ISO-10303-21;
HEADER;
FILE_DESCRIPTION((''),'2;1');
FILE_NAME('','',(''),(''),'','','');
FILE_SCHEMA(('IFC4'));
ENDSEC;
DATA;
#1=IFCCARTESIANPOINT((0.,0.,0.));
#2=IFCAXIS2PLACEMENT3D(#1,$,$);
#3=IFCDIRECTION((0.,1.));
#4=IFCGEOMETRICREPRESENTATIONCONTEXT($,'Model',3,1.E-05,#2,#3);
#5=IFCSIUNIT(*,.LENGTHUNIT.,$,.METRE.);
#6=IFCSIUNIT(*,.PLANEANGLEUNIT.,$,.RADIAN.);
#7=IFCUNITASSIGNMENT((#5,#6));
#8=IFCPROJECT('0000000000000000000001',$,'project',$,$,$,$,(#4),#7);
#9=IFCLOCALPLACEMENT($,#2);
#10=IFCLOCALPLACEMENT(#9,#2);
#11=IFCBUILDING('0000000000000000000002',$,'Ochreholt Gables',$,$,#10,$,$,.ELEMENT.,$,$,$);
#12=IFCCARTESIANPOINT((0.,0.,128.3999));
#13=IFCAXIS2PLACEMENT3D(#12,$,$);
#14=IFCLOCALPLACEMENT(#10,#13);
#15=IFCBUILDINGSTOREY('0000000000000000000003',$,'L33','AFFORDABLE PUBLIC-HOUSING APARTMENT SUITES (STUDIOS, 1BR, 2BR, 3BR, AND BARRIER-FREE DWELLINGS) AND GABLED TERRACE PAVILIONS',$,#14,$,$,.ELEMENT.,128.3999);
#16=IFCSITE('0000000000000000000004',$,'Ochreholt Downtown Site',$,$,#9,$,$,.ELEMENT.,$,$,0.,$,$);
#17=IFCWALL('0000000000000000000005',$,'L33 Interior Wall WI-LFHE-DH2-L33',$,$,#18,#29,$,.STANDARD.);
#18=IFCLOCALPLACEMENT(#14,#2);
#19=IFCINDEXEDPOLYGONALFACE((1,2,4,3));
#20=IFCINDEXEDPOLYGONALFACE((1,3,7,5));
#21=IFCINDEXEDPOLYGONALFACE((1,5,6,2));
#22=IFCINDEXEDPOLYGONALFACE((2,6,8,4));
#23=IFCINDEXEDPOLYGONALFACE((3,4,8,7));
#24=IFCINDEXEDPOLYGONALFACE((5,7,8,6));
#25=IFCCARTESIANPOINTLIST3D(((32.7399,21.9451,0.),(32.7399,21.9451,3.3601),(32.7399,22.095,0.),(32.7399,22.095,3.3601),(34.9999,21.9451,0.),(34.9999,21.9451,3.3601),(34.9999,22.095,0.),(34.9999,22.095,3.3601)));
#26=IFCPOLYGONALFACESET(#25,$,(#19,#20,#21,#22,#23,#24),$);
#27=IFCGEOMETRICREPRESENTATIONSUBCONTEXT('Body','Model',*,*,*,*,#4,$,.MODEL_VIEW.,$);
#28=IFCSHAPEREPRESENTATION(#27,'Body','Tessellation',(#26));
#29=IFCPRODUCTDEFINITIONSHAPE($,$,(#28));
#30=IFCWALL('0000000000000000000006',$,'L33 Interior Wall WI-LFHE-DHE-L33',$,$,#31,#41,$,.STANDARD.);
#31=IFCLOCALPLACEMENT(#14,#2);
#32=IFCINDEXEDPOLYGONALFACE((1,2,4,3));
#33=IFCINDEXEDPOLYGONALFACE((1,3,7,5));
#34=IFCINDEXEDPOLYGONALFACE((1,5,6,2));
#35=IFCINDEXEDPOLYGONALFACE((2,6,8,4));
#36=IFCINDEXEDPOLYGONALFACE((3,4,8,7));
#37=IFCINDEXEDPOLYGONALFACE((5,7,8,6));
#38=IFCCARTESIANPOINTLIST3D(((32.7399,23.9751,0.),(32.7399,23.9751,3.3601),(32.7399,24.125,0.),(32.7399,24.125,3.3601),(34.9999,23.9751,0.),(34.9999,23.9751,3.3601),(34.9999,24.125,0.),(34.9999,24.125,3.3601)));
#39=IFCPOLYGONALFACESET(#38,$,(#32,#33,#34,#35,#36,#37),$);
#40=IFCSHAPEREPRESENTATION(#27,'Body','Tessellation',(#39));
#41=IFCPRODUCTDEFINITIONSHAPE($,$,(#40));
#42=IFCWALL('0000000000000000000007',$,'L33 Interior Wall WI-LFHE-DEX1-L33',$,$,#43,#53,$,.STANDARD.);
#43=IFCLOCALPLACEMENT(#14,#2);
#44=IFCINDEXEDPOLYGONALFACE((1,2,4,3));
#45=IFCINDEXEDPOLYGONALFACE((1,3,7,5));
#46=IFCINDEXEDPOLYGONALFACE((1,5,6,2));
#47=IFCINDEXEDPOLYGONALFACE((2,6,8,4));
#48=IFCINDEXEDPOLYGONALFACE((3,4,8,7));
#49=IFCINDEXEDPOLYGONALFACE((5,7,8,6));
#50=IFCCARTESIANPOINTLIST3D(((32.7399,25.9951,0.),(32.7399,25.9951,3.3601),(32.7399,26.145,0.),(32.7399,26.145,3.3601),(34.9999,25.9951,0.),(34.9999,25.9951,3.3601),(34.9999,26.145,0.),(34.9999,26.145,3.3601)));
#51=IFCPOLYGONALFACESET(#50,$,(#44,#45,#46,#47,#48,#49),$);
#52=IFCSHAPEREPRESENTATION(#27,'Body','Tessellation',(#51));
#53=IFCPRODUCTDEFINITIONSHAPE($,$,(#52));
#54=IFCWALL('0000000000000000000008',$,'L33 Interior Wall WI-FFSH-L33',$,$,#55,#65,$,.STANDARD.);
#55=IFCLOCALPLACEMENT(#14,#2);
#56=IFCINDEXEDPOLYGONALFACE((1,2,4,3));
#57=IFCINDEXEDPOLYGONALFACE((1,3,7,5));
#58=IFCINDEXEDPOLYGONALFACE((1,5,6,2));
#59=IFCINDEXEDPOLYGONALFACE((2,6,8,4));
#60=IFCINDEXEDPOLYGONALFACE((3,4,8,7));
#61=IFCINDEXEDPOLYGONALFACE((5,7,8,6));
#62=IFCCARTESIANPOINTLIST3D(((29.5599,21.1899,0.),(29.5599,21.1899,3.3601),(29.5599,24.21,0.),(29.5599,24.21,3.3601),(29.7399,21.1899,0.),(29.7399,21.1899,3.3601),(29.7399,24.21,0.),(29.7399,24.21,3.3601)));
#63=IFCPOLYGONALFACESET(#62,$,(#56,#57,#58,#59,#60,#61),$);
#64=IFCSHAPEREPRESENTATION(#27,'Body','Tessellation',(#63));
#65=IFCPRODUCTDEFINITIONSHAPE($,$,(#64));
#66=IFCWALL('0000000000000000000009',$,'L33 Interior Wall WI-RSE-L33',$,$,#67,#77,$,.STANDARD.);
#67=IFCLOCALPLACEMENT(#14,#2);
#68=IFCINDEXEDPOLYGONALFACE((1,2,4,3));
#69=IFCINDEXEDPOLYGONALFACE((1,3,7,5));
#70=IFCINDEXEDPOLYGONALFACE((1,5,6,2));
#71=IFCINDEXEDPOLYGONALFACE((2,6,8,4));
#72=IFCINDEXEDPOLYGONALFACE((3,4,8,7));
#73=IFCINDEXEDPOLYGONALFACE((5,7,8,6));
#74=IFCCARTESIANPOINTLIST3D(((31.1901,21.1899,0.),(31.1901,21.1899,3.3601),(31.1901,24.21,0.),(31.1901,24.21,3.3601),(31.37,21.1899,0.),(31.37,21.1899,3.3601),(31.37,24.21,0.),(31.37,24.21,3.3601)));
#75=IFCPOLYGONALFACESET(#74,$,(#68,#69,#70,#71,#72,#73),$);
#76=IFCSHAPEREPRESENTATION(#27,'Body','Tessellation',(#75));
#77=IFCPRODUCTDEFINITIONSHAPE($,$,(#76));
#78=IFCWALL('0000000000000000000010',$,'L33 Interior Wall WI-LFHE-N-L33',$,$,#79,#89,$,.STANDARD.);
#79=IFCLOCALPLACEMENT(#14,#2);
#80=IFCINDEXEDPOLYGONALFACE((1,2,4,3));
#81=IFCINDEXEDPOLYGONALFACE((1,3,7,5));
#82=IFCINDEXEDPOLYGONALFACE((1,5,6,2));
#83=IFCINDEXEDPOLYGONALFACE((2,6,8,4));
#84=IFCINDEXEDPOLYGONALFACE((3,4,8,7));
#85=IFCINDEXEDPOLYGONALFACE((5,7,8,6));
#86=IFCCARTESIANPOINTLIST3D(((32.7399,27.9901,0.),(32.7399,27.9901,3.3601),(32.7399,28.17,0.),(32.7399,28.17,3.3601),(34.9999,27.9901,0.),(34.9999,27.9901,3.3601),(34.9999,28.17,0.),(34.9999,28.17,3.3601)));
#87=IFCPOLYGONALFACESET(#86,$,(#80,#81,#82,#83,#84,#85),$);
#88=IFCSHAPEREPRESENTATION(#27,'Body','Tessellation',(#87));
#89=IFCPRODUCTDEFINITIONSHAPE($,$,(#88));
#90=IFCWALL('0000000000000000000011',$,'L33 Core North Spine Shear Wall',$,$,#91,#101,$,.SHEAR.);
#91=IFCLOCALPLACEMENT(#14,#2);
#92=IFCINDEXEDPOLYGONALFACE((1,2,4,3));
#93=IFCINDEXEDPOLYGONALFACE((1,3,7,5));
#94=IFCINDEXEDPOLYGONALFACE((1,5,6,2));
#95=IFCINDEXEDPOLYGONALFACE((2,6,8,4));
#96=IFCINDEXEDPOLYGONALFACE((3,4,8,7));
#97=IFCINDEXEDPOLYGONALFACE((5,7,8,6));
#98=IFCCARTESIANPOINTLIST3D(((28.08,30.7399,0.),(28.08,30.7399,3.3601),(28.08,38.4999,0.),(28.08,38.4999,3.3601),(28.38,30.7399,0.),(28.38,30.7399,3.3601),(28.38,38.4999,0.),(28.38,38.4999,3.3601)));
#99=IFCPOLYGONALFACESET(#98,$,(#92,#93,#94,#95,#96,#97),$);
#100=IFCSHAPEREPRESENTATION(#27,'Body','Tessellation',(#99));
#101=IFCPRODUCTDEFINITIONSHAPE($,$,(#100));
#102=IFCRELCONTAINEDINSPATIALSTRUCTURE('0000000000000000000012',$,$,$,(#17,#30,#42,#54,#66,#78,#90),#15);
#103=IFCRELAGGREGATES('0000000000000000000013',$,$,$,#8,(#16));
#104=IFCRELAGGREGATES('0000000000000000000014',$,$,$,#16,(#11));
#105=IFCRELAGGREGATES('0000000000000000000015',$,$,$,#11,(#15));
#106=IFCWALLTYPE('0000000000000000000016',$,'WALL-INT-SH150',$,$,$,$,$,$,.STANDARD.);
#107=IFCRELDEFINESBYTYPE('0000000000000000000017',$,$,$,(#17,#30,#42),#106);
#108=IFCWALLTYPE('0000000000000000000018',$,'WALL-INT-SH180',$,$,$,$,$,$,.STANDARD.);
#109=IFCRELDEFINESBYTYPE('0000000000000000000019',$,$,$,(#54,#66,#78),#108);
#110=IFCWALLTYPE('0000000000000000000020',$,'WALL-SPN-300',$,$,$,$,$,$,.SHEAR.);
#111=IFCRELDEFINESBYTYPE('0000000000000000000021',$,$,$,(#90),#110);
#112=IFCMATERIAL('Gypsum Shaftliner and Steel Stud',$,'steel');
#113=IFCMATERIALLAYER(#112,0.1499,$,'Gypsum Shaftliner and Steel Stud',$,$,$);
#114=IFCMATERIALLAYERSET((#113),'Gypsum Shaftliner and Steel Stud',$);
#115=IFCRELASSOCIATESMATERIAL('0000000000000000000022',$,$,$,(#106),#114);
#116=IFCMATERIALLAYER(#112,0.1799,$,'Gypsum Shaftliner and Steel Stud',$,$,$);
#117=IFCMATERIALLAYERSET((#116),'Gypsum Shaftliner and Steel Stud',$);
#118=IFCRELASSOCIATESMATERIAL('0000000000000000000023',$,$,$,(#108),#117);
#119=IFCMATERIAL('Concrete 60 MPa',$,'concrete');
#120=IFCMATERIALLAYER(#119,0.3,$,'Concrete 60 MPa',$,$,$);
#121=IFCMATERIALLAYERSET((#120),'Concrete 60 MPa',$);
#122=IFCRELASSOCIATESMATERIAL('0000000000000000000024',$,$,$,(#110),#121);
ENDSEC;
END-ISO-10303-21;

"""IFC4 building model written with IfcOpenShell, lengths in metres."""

from ifc_helpers import new_model, si_unit, direction, frame, frame_2d, origin, place, context, subcontext, project, spatial, rectangle, extrude, material, layer, layer_set, type_object, element, save


model = new_model("IFC4")

# Units and contexts
model_context = context("Model", 3, precision=1e-05, world=origin(), true_north=direction((0.0, 1.0)))
body_context = subcontext(model_context, "Body", "Model", "MODEL_VIEW")
ifc_project = project(units=[si_unit("LENGTHUNIT", "METRE"), si_unit("PLANEANGLEUNIT", "RADIAN")], contexts=[model_context])

# Site, building, storey
site_placement = place(None, origin())
site = spatial("IfcSite", under=ifc_project, at=site_placement, Name="Ochreholt Downtown Site", CompositionType="ELEMENT", RefElevation=0.0)
building_placement = place(site_placement, origin())
building = spatial("IfcBuilding", under=site, at=building_placement, Name="Ochreholt Gables", CompositionType="ELEMENT")
storey_placement = place(building_placement, frame((0.0, 0.0, 128.3999)))
storey = spatial("IfcBuildingStorey", under=building, at=storey_placement, Name="L33", Description="AFFORDABLE PUBLIC-HOUSING APARTMENT SUITES (STUDIOS, 1BR, 2BR, 3BR, AND BARRIER-FREE DWELLINGS) AND GABLED TERRACE PAVILIONS", CompositionType="ELEMENT", Elevation=128.3999)

# Shared definitions
ifc_material_1 = material(Name="Concrete 60 MPa", Category="concrete")

# Walls
ifc_material_2 = material(Name="Gypsum Shaftliner and Steel Stud", Category="steel")
ifc_layer_1 = layer(ifc_material_2, 0.1499, Name="Gypsum Shaftliner and Steel Stud")
ifc_layer_set_1 = layer_set([ifc_layer_1], Name="Gypsum Shaftliner and Steel Stud")
wall_type_1 = type_object("IfcWallType", Name="WALL-INT-SH150", PredefinedType="STANDARD", material=ifc_layer_set_1)
for number, where, z_axis, x_axis, name in (
    (1, (32.74, 22.02, 0.0), (0.0, 0.0, 1.0), (1.0, 0.0, 0.0), "L33 Interior Wall WI-LFHE-DH2-L33"),
    (2, (32.74, 24.05, 0.0), (0.0, 0.0, 1.0), (1.0, 0.0, 0.0), "L33 Interior Wall WI-LFHE-DHE-L33"),
    (3, (32.74, 26.0701, 0.0), (0.0, 0.0, 1.0), (1.0, 0.0, 0.0), "L33 Interior Wall WI-LFHE-DEX1-L33"),
):
    element("IfcWall", number, at=place(storey_placement, frame(where, z_axis=z_axis, x_axis=x_axis)), inside=storey, type_object=wall_type_1, Name=name, PredefinedType="STANDARD", context=body_context, shape_type="SweptSolid", body=[
        extrude(rectangle(XDim=2.26, YDim=0.1499, at=frame_2d((1.1299, 0.0))), origin(), (0.0, 0.0, 1.0), 3.3601),
    ])
ifc_layer_2 = layer(ifc_material_2, 0.1799, Name="Gypsum Shaftliner and Steel Stud")
ifc_layer_set_2 = layer_set([ifc_layer_2], Name="Gypsum Shaftliner and Steel Stud")
wall_type_2 = type_object("IfcWallType", Name="WALL-INT-SH180", PredefinedType="STANDARD", material=ifc_layer_set_2)
for number, where, z_axis, x_axis, name in (
    (4, (29.6499, 21.1899, 0.0), (0.0, 0.0, 1.0), (0.0, 1.0, 0.0), "L33 Interior Wall WI-FFSH-L33"),
    (5, (31.28, 21.1899, 0.0), (0.0, 0.0, 1.0), (0.0, 1.0, 0.0), "L33 Interior Wall WI-RSE-L33"),
):
    element("IfcWall", number, at=place(storey_placement, frame(where, z_axis=z_axis, x_axis=x_axis)), inside=storey, type_object=wall_type_2, Name=name, PredefinedType="STANDARD", context=body_context, shape_type="SweptSolid", body=[
        extrude(rectangle(XDim=3.02, YDim=0.1799, at=frame_2d((1.51, 0.0))), origin(), (0.0, 0.0, 1.0), 3.3601),
    ])
wall_1_placement = place(storey_placement, frame((32.74, 28.0801, 0.0), z_axis=(0.0, 0.0, 1.0), x_axis=(1.0, 0.0, 0.0)))
element("IfcWall", 6, at=wall_1_placement, inside=storey, type_object=wall_type_2, Name="L33 Interior Wall WI-LFHE-N-L33", PredefinedType="STANDARD", context=body_context, shape_type="SweptSolid", body=[
    extrude(rectangle(XDim=2.26, YDim=0.1799, at=frame_2d((1.1299, 0.0))), origin(), (0.0, 0.0, 1.0), 3.3601),
])
ifc_layer_3 = layer(ifc_material_1, 0.3, Name="Concrete 60 MPa")
ifc_layer_set_3 = layer_set([ifc_layer_3], Name="Concrete 60 MPa")
wall_type_3 = type_object("IfcWallType", Name="WALL-SPN-300", PredefinedType="SHEAR", material=ifc_layer_set_3)
wall_2_placement = place(storey_placement, frame((28.23, 30.74, 0.0), z_axis=(0.0, 0.0, 1.0), x_axis=(0.0, 1.0, 0.0)))
element("IfcWall", 7, at=wall_2_placement, inside=storey, type_object=wall_type_3, Name="L33 Core North Spine Shear Wall", PredefinedType="SHEAR", context=body_context, shape_type="SweptSolid", body=[
    extrude(rectangle(XDim=7.76, YDim=0.3, at=frame_2d((3.8799, 0.0))), origin(), (0.0, 0.0, 1.0), 3.3601),
])

save(model, "model.ifc")
